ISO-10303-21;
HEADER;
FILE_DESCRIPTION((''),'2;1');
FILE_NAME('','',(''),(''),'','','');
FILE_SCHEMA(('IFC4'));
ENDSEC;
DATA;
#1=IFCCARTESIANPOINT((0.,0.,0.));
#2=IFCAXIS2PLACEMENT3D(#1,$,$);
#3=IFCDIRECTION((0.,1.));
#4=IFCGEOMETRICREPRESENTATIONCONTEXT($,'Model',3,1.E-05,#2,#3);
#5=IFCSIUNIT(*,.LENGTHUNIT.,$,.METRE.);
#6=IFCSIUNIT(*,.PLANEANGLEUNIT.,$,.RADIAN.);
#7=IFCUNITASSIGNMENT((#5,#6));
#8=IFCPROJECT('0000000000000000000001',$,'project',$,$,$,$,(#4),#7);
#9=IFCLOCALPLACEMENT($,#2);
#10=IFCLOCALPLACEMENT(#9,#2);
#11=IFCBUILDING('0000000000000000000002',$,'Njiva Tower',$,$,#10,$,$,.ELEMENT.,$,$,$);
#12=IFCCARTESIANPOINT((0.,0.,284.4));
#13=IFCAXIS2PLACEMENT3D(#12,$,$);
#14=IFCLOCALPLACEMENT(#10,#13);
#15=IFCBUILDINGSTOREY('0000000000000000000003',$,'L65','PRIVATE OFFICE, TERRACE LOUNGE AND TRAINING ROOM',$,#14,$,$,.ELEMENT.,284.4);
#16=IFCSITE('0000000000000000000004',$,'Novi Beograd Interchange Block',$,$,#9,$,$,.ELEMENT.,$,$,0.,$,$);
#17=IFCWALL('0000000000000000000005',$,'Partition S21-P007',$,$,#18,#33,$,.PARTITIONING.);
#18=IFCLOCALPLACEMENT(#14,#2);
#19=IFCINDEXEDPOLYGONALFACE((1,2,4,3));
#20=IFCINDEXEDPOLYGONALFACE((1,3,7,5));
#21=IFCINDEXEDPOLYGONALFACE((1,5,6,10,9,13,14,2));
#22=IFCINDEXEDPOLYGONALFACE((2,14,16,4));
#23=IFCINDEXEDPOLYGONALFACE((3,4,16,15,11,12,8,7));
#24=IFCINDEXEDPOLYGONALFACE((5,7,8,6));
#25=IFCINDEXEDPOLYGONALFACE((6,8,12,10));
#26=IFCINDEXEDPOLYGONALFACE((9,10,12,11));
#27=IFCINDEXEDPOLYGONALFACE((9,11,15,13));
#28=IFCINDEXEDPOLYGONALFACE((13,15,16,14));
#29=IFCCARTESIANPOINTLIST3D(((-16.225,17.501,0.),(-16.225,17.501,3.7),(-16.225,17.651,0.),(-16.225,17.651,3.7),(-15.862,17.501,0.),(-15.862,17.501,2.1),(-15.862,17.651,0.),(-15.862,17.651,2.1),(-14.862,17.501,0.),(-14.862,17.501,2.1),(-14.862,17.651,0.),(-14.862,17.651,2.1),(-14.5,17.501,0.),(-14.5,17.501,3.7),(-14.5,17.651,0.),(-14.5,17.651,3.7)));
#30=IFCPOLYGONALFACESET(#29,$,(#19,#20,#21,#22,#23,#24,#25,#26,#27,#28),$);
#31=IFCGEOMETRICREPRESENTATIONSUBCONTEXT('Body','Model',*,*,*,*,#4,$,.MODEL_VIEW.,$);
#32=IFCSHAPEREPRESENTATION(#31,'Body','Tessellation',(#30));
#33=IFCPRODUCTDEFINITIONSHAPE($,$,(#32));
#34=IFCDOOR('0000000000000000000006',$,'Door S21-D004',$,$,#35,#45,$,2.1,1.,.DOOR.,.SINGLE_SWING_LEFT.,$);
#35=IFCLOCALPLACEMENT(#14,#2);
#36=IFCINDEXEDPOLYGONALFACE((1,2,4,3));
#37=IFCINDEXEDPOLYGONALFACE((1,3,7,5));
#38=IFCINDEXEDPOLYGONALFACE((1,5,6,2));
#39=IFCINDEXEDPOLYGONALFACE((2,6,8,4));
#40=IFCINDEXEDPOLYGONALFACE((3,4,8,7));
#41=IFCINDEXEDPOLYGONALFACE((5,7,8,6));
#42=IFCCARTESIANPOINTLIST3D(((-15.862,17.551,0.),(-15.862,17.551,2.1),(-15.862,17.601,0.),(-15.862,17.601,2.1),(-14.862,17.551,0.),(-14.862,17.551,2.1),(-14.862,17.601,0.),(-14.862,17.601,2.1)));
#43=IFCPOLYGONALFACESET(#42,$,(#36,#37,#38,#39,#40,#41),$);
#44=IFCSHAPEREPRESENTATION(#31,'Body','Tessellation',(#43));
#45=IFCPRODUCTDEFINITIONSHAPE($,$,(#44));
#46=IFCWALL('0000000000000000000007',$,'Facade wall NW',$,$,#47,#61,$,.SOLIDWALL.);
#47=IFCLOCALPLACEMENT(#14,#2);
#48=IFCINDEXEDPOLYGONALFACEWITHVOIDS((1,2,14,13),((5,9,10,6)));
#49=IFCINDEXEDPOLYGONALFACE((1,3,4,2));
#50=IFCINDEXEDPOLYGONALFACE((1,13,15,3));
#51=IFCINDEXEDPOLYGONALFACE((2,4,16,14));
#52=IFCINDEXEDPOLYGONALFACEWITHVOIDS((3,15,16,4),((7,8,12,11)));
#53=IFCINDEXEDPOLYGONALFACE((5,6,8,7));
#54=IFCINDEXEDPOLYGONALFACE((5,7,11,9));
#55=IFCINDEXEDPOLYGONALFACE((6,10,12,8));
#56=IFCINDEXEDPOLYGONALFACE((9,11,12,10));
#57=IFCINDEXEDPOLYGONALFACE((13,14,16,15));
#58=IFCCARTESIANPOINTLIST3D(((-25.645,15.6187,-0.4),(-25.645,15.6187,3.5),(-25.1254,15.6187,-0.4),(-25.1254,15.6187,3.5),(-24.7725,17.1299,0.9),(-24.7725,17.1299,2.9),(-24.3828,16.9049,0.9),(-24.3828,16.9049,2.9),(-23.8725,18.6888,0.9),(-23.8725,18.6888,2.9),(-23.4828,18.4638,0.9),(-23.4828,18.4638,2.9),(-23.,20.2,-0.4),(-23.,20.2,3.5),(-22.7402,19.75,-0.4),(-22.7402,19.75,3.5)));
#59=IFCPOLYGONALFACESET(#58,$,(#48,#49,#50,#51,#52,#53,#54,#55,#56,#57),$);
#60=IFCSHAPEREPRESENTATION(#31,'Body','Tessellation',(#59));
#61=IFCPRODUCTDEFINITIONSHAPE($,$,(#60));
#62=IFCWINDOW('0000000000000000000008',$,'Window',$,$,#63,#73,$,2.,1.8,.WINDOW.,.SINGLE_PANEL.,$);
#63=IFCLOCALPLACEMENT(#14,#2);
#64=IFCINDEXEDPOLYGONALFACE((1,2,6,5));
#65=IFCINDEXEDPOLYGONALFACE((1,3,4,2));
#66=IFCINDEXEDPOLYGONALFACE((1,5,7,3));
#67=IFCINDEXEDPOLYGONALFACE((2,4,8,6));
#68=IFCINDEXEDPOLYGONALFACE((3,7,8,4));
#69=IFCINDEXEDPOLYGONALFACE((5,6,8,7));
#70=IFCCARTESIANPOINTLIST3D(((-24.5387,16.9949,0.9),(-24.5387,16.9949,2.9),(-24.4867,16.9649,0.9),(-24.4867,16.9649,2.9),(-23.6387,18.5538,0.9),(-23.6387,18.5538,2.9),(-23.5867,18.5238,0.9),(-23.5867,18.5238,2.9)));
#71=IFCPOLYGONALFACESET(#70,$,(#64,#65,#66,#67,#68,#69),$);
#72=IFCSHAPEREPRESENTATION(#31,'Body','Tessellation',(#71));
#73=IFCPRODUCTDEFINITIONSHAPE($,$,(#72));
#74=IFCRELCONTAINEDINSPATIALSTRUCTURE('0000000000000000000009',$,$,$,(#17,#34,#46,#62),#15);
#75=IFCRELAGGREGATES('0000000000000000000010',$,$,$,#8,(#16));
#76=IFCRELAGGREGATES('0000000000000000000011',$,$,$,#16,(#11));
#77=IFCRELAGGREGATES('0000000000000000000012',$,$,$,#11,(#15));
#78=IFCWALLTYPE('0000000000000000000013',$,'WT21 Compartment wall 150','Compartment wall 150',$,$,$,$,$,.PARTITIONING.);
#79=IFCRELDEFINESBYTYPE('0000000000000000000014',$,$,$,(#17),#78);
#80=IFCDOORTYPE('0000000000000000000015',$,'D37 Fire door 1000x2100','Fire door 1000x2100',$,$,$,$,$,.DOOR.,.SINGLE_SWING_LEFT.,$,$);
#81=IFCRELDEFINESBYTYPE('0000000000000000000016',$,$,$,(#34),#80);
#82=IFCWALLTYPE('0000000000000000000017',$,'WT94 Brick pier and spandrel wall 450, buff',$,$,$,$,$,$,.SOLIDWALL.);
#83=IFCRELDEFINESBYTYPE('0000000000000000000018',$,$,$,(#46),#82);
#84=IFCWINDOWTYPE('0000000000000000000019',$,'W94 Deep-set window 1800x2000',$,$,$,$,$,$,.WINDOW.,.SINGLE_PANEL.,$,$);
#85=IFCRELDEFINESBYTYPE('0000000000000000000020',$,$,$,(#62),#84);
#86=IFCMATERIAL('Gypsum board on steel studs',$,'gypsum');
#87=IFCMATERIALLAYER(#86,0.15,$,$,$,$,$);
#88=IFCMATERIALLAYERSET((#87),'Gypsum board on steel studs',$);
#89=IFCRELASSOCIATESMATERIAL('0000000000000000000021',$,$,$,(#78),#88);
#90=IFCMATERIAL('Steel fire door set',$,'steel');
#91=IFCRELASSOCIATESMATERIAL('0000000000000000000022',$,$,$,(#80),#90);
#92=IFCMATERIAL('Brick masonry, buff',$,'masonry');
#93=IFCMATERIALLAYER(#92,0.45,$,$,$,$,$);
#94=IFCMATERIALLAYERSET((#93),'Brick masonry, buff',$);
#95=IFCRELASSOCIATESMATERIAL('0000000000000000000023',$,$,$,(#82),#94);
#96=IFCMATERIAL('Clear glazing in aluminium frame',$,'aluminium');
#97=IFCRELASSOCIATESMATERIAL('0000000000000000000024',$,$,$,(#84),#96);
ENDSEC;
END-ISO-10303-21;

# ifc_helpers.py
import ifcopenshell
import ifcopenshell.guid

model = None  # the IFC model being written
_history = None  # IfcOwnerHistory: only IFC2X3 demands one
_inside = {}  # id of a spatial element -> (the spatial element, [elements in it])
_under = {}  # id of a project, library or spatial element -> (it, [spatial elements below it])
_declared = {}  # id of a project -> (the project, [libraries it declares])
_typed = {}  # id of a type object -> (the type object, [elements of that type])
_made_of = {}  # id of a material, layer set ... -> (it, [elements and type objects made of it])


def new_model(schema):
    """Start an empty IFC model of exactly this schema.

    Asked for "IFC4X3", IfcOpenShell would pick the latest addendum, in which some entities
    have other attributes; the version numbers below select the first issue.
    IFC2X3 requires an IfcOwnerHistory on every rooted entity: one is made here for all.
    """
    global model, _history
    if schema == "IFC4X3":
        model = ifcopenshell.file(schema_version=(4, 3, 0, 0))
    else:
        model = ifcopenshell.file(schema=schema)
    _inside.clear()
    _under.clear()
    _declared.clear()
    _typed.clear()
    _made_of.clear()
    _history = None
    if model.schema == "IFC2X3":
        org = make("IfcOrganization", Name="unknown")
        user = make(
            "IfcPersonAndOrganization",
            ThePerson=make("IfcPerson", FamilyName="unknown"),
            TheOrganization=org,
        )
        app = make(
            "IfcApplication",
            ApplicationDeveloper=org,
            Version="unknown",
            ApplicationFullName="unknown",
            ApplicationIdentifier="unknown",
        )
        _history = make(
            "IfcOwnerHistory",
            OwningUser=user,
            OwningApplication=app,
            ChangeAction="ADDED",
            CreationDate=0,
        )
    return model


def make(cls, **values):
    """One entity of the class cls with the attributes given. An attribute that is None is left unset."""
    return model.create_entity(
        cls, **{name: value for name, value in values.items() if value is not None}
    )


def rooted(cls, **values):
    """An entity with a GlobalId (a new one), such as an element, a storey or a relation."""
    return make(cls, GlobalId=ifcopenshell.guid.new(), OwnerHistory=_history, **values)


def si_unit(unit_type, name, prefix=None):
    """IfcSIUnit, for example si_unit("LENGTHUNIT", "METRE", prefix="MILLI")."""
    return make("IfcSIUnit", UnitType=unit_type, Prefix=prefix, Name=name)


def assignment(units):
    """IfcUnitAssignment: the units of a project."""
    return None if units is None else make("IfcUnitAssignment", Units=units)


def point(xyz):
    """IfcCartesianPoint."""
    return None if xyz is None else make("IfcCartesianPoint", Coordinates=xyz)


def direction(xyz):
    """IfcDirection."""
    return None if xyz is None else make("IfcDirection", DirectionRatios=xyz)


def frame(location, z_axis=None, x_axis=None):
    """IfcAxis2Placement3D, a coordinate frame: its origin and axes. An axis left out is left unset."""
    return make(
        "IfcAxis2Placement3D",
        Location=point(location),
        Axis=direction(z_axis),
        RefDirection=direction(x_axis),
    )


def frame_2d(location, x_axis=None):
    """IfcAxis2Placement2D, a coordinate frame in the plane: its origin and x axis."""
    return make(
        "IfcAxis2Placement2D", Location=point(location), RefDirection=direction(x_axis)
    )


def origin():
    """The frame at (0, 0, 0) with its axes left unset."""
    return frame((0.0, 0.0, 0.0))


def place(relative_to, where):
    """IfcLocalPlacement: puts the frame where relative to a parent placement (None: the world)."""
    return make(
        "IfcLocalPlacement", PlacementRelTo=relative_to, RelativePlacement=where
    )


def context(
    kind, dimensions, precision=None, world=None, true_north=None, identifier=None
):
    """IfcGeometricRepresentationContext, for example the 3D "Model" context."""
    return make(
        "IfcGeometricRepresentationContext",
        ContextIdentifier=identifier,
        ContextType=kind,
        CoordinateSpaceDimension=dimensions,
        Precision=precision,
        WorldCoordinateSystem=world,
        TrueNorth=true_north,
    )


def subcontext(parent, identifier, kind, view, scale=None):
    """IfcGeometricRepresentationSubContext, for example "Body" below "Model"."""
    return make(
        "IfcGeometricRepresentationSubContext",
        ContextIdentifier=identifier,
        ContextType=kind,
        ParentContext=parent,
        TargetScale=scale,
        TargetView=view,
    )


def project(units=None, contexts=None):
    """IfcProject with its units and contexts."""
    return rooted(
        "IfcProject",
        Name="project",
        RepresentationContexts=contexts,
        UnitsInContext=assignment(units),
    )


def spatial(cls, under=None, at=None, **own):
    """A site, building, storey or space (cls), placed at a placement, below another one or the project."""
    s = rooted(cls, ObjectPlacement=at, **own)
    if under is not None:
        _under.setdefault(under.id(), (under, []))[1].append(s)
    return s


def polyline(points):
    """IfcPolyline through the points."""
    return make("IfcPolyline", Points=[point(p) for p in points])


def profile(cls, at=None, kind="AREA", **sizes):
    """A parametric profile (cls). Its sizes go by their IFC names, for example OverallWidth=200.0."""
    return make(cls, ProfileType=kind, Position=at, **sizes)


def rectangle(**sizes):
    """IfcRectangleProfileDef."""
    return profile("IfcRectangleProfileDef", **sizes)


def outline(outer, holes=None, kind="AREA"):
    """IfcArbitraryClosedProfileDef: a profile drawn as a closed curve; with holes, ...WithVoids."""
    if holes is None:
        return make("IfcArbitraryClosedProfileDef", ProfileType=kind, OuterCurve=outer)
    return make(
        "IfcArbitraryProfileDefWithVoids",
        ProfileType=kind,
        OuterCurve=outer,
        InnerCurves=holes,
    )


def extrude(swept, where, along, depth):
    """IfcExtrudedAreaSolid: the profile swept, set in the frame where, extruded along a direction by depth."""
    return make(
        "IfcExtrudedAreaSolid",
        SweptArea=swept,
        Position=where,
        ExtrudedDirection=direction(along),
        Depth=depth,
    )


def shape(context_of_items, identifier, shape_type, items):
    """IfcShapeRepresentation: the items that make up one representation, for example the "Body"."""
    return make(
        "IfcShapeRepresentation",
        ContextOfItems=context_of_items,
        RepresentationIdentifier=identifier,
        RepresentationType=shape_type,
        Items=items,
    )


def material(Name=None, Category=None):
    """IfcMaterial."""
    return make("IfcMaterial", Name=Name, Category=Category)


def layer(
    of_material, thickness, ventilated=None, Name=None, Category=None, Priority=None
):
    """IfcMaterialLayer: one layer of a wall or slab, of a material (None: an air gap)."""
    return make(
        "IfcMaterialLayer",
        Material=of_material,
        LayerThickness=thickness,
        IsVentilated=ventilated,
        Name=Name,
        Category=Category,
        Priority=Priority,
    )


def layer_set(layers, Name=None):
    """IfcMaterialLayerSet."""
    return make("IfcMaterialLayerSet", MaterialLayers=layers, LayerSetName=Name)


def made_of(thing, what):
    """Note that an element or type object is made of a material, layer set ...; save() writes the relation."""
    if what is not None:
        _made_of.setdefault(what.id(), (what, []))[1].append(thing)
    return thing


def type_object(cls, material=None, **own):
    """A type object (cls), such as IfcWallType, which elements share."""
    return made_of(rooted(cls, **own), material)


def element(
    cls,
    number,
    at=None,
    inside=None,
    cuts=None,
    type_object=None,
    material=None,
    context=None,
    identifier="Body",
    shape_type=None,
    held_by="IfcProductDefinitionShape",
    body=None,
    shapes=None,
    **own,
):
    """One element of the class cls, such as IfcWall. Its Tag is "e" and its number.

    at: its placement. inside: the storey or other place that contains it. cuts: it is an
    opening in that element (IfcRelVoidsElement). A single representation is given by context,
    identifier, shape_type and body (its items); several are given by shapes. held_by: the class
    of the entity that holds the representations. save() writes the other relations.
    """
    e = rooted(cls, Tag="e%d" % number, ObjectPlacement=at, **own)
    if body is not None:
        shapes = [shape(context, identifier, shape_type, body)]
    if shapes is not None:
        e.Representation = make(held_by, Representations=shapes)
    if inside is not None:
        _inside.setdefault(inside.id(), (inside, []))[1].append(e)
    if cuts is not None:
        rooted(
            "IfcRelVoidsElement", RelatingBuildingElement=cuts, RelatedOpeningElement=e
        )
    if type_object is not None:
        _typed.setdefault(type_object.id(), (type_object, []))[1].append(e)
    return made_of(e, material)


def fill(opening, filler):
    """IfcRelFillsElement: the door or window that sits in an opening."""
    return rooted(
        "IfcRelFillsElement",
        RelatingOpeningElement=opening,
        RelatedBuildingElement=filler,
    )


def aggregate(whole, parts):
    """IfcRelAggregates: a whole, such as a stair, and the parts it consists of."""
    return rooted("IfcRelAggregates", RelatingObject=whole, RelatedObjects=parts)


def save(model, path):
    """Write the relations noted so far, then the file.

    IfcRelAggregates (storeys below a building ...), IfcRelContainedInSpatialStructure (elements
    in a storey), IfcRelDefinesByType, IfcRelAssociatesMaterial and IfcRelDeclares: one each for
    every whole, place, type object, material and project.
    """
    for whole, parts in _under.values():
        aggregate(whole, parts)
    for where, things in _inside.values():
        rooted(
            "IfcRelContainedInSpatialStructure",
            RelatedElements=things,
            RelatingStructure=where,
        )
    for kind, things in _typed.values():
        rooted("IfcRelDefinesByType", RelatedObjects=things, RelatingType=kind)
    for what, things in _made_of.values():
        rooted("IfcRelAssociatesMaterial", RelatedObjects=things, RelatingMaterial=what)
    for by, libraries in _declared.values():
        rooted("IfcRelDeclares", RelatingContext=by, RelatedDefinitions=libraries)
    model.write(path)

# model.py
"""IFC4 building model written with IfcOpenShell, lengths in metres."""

from ifc_helpers import new_model, si_unit, direction, frame, frame_2d, origin, place, context, subcontext, project, spatial, polyline, rectangle, outline, extrude, material, layer, layer_set, type_object, element, fill, save


model = new_model("IFC4")

# Units and contexts
model_context = context("Model", 3, precision=1e-05, world=origin(), true_north=direction((0.0, 1.0)))
body_context = subcontext(model_context, "Body", "Model", "MODEL_VIEW")
ifc_project = project(units=[si_unit("LENGTHUNIT", "METRE"), si_unit("PLANEANGLEUNIT", "RADIAN")], contexts=[model_context])

# Site, building, storey
site_placement = place(None, origin())
site = spatial("IfcSite", under=ifc_project, at=site_placement, Name="Novi Beograd Interchange Block", CompositionType="ELEMENT", RefElevation=0.0)
building_placement = place(site_placement, origin())
building = spatial("IfcBuilding", under=site, at=building_placement, Name="Njiva Tower", CompositionType="ELEMENT")
storey_placement = place(building_placement, frame((0.0, 0.0, 284.4)))
storey = spatial("IfcBuildingStorey", under=building, at=storey_placement, Name="L65", Description="PRIVATE OFFICE, TERRACE LOUNGE AND TRAINING ROOM", CompositionType="ELEMENT", Elevation=284.4)

# Shared definitions
ifc_material_1 = material(Name="Gypsum board on steel studs", Category="gypsum")

# Wall, opening, door
ifc_layer_1 = layer(ifc_material_1, 0.15)
ifc_layer_set_1 = layer_set([ifc_layer_1], Name="Gypsum board on steel studs")
wall_type_1 = type_object("IfcWallType", Name="WT21 Compartment wall 150", Description="Compartment wall 150", PredefinedType="PARTITIONING", material=ifc_layer_set_1)
wall_1_placement = place(storey_placement, frame((-16.225, 17.576, 0.0), z_axis=(0.0, 0.0, 1.0), x_axis=(1.0, 0.0, 0.0)))
wall_1 = element("IfcWall", 1, at=wall_1_placement, inside=storey, type_object=wall_type_1, Name="Partition S21-P007", PredefinedType="PARTITIONING", context=body_context, shape_type="SweptSolid", body=[
    extrude(rectangle(XDim=1.725, YDim=0.15, at=frame_2d((0.8625, 0.0))), origin(), (0.0, 0.0, 1.0), 3.7),
])
opening_1_placement = place(wall_1_placement, frame((0.363, 0.0, 0.0)))
opening_1 = element("IfcOpeningElement", 2, at=opening_1_placement, cuts=wall_1, PredefinedType="OPENING", context=body_context, shape_type="SweptSolid", body=[
    extrude(rectangle(XDim=1.0, YDim=2.1, at=frame_2d((0.5, 1.05))), frame((0.0, 0.085, 0.0), z_axis=(0.0, -1.0, 0.0), x_axis=(1.0, 0.0, 0.0)), (0.0, 0.0, 1.0), 0.17),
])
ifc_material_2 = material(Name="Steel fire door set", Category="steel")
door_type = type_object("IfcDoorType", Name="D37 Fire door 1000x2100", Description="Fire door 1000x2100", OperationType="SINGLE_SWING_LEFT", PredefinedType="DOOR", material=ifc_material_2)
door_placement = place(opening_1_placement, origin())
door = element("IfcDoor", 3, at=door_placement, inside=storey, type_object=door_type, Name="Door S21-D004", OperationType="SINGLE_SWING_LEFT", OverallHeight=2.1, OverallWidth=1.0, PredefinedType="DOOR", context=body_context, shape_type="SweptSolid", body=[
    extrude(rectangle(XDim=1.0, YDim=2.1, at=frame_2d((0.5, 1.05))), frame((0.0, 0.025, 0.0), z_axis=(0.0, -1.0, 0.0), x_axis=(1.0, 0.0, 0.0)), (0.0, 0.0, 1.0), 0.05),
])
fill(opening_1, door)

# Shared definitions
ifc_material_3 = material(Name="Clear glazing in aluminium frame", Category="aluminium")

# Wall, opening, window
ifc_material_4 = material(Name="Brick masonry, buff", Category="masonry")
ifc_layer_2 = layer(ifc_material_4, 0.45)
ifc_layer_set_2 = layer_set([ifc_layer_2], Name="Brick masonry, buff")
wall_type_2 = type_object("IfcWallType", Name="WT94 Brick pier and spandrel wall 450, buff", PredefinedType="SOLIDWALL", material=ifc_layer_set_2)
wall_2_placement = place(storey_placement, frame((-22.8701, 19.975, -0.4), z_axis=(0.0, 0.0, 1.0), x_axis=(-0.499998, -0.866026, 0.0)))
wall_2 = element("IfcWall", 4, at=wall_2_placement, inside=storey, type_object=wall_type_2, Name="Facade wall NW", PredefinedType="SOLIDWALL", context=body_context, shape_type="SweptSolid", body=[
    extrude(outline(polyline([(-0.1299, -0.225), (5.1601, -0.225), (4.9003, 0.225), (0.1299, 0.225), (-0.1299, -0.225)])), origin(), (0.0, 0.0, 1.0), 3.9),
])
opening_2_placement = place(wall_2_placement, frame((1.6151, 0.0, 1.3)))
opening_2 = element("IfcOpeningElement", 5, at=opening_2_placement, cuts=wall_2, PredefinedType="OPENING", context=body_context, shape_type="SweptSolid", body=[
    extrude(rectangle(XDim=1.8, YDim=2.0, at=frame_2d((0.9, 1.0))), frame((0.0, 0.235, 0.0), z_axis=(0.0, -1.0, 0.0), x_axis=(1.0, 0.0, 0.0)), (0.0, 0.0, 1.0), 0.47),
])
window_type_1 = type_object("IfcWindowType", Name="W94 Deep-set window 1800x2000", PartitioningType="SINGLE_PANEL", PredefinedType="WINDOW", material=ifc_material_3)
window_1_placement = place(opening_2_placement, origin())
window_1 = element("IfcWindow", 6, at=window_1_placement, inside=storey, type_object=window_type_1, Name="Window", OverallHeight=2.0, OverallWidth=1.8, PartitioningType="SINGLE_PANEL", PredefinedType="WINDOW", context=body_context, shape_type="SweptSolid", body=[
    extrude(rectangle(XDim=1.8, YDim=2.0, at=frame_2d((0.9, 1.0))), frame((0.0, 0.105, 0.0), z_axis=(0.0, -1.0, 0.0), x_axis=(1.0, 0.0, 0.0)), (0.0, 0.0, 1.0), 0.06),
])
fill(opening_2, window_1)

save(model, "model.ifc")
